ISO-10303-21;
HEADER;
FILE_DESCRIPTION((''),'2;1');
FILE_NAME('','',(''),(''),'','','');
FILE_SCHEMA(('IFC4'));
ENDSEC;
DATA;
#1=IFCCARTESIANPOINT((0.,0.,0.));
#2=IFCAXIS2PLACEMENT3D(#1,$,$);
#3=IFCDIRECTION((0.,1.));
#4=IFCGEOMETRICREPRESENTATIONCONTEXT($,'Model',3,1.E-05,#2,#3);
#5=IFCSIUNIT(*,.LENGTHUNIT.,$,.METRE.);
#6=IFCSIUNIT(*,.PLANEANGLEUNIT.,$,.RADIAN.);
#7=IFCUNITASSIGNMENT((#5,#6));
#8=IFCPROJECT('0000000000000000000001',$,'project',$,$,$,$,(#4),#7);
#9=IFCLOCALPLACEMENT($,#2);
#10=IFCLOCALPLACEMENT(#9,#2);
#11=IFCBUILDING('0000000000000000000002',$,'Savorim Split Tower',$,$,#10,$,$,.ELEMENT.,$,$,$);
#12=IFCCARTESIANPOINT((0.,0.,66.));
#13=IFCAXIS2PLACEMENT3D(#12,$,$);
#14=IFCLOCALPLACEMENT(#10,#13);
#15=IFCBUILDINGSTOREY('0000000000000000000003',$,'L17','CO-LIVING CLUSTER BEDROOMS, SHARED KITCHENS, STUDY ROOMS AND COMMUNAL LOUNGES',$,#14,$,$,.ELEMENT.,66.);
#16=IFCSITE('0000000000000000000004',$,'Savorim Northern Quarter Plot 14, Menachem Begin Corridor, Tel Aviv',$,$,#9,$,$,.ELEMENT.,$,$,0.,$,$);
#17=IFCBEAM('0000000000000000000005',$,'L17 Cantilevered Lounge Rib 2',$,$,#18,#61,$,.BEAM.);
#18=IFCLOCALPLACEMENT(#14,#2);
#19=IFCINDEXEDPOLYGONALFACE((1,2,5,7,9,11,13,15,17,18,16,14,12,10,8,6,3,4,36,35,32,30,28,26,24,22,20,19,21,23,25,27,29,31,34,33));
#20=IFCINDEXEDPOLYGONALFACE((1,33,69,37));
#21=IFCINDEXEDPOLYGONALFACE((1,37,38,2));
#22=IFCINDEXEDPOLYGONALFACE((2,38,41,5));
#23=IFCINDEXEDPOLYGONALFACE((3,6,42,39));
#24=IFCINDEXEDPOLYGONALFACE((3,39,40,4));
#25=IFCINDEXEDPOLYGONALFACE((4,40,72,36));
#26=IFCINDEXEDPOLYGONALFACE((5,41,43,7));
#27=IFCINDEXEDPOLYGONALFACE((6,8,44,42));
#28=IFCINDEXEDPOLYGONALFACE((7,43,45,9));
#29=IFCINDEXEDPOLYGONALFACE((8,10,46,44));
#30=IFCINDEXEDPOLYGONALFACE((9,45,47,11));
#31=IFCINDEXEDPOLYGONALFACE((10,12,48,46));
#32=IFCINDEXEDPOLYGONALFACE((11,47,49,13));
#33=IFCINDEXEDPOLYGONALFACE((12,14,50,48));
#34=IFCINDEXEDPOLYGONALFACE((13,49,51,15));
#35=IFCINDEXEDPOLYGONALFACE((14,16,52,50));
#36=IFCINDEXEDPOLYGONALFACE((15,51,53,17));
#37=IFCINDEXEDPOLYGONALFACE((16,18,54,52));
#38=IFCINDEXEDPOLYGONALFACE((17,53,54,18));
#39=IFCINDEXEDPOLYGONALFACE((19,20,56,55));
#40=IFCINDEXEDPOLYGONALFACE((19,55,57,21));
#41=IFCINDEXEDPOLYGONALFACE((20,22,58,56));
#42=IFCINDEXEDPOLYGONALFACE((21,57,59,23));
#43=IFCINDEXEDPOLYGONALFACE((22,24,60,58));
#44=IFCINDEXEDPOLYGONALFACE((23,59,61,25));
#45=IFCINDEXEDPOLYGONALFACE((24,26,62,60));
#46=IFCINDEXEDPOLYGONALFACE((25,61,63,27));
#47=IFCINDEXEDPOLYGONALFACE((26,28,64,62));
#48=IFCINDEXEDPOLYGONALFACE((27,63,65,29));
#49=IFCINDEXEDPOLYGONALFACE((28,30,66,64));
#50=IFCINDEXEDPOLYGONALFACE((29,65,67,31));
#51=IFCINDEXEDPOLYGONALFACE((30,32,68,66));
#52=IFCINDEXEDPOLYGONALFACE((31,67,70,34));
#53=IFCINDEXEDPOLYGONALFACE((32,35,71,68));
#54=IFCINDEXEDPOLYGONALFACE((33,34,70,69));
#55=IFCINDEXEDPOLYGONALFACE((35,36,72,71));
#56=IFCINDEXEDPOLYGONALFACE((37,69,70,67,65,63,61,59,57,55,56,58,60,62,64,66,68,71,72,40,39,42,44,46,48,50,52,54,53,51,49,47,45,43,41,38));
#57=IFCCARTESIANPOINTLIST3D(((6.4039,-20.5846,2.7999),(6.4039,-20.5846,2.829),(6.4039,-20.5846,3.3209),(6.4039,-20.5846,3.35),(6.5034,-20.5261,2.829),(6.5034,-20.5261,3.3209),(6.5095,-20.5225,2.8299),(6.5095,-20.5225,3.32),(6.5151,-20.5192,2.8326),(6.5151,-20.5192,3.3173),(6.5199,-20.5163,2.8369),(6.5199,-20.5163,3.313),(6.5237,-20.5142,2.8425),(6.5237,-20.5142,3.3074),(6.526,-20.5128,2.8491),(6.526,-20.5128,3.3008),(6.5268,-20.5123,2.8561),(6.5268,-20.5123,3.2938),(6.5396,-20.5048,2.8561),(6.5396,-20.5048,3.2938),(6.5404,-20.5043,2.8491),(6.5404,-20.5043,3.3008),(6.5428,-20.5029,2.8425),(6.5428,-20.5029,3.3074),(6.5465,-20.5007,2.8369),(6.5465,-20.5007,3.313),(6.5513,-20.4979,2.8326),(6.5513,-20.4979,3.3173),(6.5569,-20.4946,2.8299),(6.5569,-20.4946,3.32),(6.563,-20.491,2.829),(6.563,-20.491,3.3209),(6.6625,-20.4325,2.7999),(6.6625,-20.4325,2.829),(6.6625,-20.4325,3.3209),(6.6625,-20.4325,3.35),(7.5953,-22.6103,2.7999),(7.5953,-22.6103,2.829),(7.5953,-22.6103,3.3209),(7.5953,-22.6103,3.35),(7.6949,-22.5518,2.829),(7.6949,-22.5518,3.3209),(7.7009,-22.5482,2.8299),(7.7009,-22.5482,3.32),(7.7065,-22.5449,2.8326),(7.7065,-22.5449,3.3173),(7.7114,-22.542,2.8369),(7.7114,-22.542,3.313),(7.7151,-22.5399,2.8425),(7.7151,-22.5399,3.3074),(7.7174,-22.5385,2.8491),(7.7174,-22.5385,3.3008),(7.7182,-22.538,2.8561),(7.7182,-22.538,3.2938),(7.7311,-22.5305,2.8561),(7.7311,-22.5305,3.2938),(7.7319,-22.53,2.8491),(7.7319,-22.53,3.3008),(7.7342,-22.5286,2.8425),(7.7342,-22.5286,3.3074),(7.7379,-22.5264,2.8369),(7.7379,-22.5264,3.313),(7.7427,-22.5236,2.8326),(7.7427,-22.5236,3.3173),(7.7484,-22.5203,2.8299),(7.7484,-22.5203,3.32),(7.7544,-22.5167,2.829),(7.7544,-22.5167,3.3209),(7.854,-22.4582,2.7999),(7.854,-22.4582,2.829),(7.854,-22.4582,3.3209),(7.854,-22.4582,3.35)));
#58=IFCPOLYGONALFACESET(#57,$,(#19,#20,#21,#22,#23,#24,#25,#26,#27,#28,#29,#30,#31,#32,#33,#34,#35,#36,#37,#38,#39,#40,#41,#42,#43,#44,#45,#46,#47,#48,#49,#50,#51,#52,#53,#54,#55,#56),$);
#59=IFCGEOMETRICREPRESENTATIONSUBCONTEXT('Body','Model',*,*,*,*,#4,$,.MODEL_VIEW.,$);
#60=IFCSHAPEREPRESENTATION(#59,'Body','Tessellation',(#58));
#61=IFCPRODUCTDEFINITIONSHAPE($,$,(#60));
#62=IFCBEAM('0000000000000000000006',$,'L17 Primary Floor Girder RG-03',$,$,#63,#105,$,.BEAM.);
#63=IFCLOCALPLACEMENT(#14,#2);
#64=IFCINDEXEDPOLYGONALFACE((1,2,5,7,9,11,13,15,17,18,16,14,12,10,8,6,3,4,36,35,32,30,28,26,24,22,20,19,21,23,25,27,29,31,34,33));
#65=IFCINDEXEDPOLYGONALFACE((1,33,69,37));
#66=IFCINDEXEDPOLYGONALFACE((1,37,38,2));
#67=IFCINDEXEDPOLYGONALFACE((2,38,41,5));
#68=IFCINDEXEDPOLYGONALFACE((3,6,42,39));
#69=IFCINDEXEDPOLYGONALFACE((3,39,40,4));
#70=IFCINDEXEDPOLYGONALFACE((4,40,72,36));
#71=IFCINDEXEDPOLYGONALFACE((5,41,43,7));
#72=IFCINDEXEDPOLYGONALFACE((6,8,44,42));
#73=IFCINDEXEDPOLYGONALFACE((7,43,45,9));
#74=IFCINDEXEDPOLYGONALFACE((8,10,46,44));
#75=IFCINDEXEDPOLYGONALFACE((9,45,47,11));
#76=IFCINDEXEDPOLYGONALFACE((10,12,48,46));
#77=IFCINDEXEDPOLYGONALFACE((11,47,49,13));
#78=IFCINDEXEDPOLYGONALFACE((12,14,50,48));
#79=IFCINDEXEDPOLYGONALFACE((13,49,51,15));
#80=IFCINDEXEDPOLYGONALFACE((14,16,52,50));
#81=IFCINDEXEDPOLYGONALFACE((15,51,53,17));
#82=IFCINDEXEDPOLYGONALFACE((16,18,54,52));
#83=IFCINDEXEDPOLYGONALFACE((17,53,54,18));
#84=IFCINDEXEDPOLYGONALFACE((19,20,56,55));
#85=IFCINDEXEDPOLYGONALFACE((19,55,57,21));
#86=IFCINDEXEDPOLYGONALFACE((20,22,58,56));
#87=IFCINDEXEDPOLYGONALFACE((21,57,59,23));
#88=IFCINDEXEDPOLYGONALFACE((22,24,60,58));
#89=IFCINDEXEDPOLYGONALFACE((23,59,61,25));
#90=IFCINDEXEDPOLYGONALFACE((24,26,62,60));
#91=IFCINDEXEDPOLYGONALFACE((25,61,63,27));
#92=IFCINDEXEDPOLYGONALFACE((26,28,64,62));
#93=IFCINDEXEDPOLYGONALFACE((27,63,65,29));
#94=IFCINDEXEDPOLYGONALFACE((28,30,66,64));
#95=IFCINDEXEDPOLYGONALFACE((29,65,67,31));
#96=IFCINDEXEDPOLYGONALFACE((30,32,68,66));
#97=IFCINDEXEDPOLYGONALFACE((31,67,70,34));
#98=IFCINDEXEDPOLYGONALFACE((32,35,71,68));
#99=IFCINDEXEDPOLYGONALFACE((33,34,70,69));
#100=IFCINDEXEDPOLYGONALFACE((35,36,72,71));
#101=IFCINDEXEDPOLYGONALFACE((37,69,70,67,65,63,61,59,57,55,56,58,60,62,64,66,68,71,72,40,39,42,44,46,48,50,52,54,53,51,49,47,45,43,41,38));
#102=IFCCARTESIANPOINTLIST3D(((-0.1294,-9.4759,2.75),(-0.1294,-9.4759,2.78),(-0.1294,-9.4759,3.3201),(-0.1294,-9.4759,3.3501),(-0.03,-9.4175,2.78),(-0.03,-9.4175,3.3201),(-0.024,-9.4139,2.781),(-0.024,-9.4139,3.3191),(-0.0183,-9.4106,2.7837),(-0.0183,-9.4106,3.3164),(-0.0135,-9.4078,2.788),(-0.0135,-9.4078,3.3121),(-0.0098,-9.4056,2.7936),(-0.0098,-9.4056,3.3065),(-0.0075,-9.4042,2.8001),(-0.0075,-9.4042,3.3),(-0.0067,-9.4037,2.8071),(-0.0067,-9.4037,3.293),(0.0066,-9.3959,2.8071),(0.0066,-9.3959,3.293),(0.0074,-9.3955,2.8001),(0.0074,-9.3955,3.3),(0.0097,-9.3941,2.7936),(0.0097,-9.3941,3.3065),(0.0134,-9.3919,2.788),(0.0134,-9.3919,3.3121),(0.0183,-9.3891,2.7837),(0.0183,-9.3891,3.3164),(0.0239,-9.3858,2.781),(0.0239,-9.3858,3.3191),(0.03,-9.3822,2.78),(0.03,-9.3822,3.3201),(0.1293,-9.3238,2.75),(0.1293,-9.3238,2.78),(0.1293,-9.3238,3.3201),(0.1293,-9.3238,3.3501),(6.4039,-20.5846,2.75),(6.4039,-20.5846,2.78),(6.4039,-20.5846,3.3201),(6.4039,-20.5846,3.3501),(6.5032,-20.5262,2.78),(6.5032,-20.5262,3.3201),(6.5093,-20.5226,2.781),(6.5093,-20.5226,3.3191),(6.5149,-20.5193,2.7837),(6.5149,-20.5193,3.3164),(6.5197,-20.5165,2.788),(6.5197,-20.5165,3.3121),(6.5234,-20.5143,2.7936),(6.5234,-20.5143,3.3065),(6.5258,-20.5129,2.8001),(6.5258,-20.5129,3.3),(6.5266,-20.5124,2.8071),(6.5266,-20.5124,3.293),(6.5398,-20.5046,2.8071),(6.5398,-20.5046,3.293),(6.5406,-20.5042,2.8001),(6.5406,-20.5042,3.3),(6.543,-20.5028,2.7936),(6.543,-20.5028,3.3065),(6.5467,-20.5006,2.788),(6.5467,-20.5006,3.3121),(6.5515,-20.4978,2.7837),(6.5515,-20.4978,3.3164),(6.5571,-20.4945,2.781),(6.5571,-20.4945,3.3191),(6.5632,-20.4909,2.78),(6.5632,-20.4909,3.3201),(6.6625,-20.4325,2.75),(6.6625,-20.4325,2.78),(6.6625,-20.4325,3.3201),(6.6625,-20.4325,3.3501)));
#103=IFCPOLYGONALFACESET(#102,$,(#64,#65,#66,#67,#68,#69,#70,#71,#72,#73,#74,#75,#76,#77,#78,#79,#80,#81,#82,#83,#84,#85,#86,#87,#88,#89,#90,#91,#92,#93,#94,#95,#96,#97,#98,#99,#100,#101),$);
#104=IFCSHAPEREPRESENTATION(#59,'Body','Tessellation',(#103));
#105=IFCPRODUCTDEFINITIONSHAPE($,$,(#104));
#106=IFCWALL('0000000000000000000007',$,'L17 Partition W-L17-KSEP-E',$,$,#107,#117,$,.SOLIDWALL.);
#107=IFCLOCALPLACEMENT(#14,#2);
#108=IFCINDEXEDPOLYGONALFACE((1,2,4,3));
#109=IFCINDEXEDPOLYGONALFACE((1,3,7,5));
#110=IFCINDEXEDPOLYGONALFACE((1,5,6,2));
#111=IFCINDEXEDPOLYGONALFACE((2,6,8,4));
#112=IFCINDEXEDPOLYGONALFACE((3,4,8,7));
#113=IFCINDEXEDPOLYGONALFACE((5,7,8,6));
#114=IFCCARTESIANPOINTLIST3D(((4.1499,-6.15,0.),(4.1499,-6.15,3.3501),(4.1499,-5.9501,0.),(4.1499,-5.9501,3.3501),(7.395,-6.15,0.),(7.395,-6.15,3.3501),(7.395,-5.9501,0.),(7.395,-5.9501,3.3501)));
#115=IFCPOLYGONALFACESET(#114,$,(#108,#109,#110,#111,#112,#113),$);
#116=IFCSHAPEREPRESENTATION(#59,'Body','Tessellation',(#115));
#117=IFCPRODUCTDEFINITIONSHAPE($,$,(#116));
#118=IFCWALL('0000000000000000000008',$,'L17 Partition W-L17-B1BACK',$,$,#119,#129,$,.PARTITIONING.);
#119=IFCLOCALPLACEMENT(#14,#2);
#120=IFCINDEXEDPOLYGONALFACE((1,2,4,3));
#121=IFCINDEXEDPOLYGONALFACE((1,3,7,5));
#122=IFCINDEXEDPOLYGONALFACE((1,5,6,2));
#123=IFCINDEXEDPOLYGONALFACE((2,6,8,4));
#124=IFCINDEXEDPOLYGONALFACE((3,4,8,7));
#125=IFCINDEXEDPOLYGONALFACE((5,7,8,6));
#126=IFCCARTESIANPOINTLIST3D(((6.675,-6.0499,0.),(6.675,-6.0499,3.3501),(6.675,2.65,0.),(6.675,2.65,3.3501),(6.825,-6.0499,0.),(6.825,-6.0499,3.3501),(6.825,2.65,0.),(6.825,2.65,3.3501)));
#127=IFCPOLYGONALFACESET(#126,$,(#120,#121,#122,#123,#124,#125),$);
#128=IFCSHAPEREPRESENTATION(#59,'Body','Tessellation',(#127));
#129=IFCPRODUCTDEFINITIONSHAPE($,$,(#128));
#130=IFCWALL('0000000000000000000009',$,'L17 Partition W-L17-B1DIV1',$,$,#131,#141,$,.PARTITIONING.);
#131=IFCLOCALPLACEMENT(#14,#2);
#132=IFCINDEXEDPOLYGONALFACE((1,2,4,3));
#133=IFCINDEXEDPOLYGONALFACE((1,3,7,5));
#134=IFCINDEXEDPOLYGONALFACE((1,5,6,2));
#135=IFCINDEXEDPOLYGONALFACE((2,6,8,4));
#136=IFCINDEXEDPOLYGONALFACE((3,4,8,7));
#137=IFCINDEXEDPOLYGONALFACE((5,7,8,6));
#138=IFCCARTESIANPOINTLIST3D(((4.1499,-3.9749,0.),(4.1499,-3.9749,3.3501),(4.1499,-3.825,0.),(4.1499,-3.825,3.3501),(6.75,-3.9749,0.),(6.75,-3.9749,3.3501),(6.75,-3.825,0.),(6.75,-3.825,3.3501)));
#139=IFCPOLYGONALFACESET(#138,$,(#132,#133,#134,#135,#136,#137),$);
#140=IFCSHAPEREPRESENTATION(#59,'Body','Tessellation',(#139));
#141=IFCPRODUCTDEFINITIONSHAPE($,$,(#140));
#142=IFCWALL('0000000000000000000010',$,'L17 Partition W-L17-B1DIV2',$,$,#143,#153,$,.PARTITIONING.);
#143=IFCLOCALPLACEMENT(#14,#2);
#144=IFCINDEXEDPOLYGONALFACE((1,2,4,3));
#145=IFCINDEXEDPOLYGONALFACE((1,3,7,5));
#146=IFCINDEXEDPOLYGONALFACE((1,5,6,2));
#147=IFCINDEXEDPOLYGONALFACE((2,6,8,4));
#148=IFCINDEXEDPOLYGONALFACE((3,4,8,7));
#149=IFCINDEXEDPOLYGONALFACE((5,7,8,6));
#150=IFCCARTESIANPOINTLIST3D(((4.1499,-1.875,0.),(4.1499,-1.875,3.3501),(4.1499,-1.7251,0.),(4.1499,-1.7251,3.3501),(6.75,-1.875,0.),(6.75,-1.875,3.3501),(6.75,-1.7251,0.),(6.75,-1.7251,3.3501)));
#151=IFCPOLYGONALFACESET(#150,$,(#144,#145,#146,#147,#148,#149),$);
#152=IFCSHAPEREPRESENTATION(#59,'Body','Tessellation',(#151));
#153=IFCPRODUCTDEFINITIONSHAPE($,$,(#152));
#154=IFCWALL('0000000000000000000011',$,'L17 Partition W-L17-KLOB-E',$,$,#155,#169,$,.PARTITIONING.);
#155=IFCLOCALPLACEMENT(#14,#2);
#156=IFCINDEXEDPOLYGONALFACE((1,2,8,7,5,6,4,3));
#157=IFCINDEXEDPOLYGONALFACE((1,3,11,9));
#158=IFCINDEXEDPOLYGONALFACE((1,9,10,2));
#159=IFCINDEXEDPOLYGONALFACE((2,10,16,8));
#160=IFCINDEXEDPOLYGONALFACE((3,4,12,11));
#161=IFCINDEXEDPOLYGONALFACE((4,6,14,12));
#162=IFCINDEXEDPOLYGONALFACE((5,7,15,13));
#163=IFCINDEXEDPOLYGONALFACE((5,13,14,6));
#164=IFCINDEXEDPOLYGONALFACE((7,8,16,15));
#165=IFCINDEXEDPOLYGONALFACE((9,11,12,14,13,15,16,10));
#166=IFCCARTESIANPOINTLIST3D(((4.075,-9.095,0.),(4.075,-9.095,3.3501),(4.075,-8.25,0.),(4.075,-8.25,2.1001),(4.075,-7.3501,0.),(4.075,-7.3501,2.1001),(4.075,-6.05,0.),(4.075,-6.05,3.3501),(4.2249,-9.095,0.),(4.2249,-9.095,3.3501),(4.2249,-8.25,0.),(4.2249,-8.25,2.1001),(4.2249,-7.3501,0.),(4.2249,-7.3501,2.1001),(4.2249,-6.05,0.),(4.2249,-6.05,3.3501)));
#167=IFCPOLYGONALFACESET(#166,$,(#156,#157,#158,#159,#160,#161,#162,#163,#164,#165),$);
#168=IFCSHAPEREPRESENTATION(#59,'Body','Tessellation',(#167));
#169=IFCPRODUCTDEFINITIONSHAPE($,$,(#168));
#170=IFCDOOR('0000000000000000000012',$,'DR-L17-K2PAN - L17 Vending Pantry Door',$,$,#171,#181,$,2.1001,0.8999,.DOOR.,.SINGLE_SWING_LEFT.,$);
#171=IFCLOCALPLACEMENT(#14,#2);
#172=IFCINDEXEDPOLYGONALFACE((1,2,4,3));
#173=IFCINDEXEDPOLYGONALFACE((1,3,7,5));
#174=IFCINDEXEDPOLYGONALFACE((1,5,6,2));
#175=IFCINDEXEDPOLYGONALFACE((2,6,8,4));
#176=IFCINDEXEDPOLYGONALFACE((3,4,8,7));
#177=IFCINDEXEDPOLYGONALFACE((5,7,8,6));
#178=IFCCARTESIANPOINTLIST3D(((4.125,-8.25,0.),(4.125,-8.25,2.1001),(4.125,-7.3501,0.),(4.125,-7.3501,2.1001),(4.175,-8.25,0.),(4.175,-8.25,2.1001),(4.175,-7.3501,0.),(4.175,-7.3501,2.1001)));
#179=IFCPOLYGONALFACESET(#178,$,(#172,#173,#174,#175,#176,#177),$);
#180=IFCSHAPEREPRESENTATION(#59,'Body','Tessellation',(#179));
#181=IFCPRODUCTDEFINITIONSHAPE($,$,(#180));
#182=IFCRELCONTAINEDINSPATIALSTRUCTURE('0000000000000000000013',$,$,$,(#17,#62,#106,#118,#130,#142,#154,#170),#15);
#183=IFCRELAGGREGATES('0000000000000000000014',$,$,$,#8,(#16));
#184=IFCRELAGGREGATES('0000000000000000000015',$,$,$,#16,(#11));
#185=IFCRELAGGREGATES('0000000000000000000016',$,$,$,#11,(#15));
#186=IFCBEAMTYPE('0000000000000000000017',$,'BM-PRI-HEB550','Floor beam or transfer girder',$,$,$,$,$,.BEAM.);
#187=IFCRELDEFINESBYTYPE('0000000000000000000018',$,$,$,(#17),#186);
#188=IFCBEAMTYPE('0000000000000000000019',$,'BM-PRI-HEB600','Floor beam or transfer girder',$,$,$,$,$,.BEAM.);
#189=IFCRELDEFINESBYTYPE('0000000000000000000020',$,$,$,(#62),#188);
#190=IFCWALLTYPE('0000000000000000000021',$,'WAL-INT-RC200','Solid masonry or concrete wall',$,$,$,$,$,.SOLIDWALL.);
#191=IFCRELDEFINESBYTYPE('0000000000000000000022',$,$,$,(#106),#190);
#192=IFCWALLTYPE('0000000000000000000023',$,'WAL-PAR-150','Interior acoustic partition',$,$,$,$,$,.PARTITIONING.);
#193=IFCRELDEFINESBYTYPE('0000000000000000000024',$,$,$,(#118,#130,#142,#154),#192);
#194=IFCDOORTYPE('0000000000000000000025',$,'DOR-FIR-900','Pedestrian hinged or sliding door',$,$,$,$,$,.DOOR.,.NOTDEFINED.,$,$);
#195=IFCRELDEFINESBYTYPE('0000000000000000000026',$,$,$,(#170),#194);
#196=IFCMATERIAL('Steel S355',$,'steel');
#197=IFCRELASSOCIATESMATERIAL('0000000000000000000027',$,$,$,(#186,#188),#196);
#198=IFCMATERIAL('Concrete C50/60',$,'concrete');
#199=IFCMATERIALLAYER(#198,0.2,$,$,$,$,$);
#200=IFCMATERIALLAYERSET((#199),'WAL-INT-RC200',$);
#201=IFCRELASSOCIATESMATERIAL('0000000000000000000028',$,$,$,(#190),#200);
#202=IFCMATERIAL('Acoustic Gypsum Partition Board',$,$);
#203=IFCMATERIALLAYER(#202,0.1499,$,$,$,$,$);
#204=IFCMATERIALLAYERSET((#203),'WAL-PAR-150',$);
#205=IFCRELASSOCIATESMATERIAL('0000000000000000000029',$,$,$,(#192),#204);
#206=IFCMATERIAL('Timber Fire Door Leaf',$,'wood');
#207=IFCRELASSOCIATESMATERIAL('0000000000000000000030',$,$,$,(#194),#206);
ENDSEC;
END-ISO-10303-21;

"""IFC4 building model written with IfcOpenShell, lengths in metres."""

from ifc_helpers import new_model, si_unit, direction, frame, frame_2d, origin, origin_2d, place, context, subcontext, project, spatial, rectangle, i_section, extrude, material, layer, layer_set, material_profile, profile_set, type_object, element, fill, save


model = new_model("IFC4")

# Units and contexts
model_context = context("Model", 3, precision=1e-05, world=origin(), true_north=direction((0.0, 1.0)))
body_context = subcontext(model_context, "Body", "Model", "MODEL_VIEW")
ifc_project = project(units=[si_unit("LENGTHUNIT", "METRE"), si_unit("PLANEANGLEUNIT", "RADIAN")], contexts=[model_context])

# Site, building, storey
site_placement = place(None, origin())
site = spatial("IfcSite", under=ifc_project, at=site_placement, Name="Savorim Northern Quarter Plot 14, Menachem Begin Corridor, Tel Aviv", CompositionType="ELEMENT", RefElevation=0.0)
building_placement = place(site_placement, origin())
building = spatial("IfcBuilding", under=site, at=building_placement, Name="Savorim Split Tower", CompositionType="ELEMENT")
storey_placement = place(building_placement, frame((0.0, 0.0, 66.0)))
storey = spatial("IfcBuildingStorey", under=building, at=storey_placement, Name="L17", Description="CO-LIVING CLUSTER BEDROOMS, SHARED KITCHENS, STUDY ROOMS AND COMMUNAL LOUNGES", CompositionType="ELEMENT", Elevation=66.0)

# Beams
ifc_material_1 = material(Name="Steel S355", Category="steel")
ifc_material_profile_1 = material_profile(ifc_material_1, i_section(OverallWidth=0.3, OverallDepth=0.55, WebThickness=0.0149, FlangeThickness=0.0291, FilletRadius=0.0271, at=origin_2d()), Name="HEB 550")
ifc_profile_set_1 = profile_set([ifc_material_profile_1], Name="Steel S355")
beam_type_1 = type_object("IfcBeamType", Name="BM-PRI-HEB550", Description="Floor beam or transfer girder", PredefinedType="BEAM", material=ifc_profile_set_1)
beam_1_placement = place(storey_placement, frame((6.5332, -20.5085, 3.075), z_axis=(0.506975, -0.861961, 0.0), x_axis=(0.861961, 0.506975, 0.0)))
element("IfcBeam", 1, at=beam_1_placement, inside=storey, type_object=beam_type_1, Name="L17 Cantilevered Lounge Rib 2", PredefinedType="BEAM", context=body_context, shape_type="SweptSolid", body=[
    extrude(i_section(OverallWidth=0.3, OverallDepth=0.55, WebThickness=0.0149, FlangeThickness=0.0291, FilletRadius=0.0271, at=origin_2d()), origin(), (0.0, 0.0, 1.0), 2.3501),
])
ifc_material_profile_2 = material_profile(ifc_material_1, i_section(OverallWidth=0.3, OverallDepth=0.6001, WebThickness=0.0154, FlangeThickness=0.03, FilletRadius=0.0271, at=origin_2d()), Name="HEB 600")
ifc_profile_set_2 = profile_set([ifc_material_profile_2], Name="Steel S355")
beam_type_2 = type_object("IfcBeamType", Name="BM-PRI-HEB600", Description="Floor beam or transfer girder", PredefinedType="BEAM", material=ifc_profile_set_2)
beam_2_placement = place(storey_placement, frame((6.5332, -20.5085, 3.05), z_axis=(-0.506946, 0.861978, 0.0), x_axis=(-0.861978, -0.506946, 0.0)))
element("IfcBeam", 2, at=beam_2_placement, inside=storey, type_object=beam_type_2, Name="L17 Primary Floor Girder RG-03", PredefinedType="BEAM", context=body_context, shape_type="SweptSolid", body=[
    extrude(i_section(OverallWidth=0.3, OverallDepth=0.6001, WebThickness=0.0154, FlangeThickness=0.03, FilletRadius=0.0271, at=origin_2d()), origin(), (0.0, 0.0, 1.0), 12.8875),
])

# Shared definitions
ifc_material_2 = material(Name="Concrete C50/60", Category="concrete")
ifc_layer_1 = layer(ifc_material_2, 0.2)
ifc_layer_set_1 = layer_set([ifc_layer_1], Name="WAL-INT-RC200")
wall_type_1 = type_object("IfcWallType", Name="WAL-INT-RC200", Description="Solid masonry or concrete wall", PredefinedType="SOLIDWALL", material=ifc_layer_set_1)

# Walls
wall_1_placement = place(storey_placement, frame((4.1499, -6.05, 0.0), z_axis=(0.0, 0.0, 1.0), x_axis=(1.0, 0.0, 0.0)))
element("IfcWall", 3, at=wall_1_placement, inside=storey, type_object=wall_type_1, Name="L17 Partition W-L17-KSEP-E", PredefinedType="SOLIDWALL", context=body_context, shape_type="SweptSolid", body=[
    extrude(rectangle(XDim=3.2451, YDim=0.2, at=frame_2d((1.6226, 0.0))), origin(), (0.0, 0.0, 1.0), 3.3501),
])
ifc_material_3 = material(Name="Acoustic Gypsum Partition Board")
ifc_layer_2 = layer(ifc_material_3, 0.1499)
ifc_layer_set_2 = layer_set([ifc_layer_2], Name="WAL-PAR-150")
wall_type_2 = type_object("IfcWallType", Name="WAL-PAR-150", Description="Interior acoustic partition", PredefinedType="PARTITIONING", material=ifc_layer_set_2)
wall_2_placement = place(storey_placement, frame((6.75, -6.05, 0.0), z_axis=(0.0, 0.0, 1.0), x_axis=(0.0, 1.0, 0.0)))
element("IfcWall", 4, at=wall_2_placement, inside=storey, type_object=wall_type_2, Name="L17 Partition W-L17-B1BACK", PredefinedType="PARTITIONING", context=body_context, shape_type="SweptSolid", body=[
    extrude(rectangle(XDim=8.7, YDim=0.1499, at=frame_2d((4.3501, 0.0))), origin(), (0.0, 0.0, 1.0), 3.3501),
])
for number, where, z_axis, x_axis, name in (
    (5, (4.1499, -3.8999, 0.0), (0.0, 0.0, 1.0), (1.0, 0.0, 0.0), "L17 Partition W-L17-B1DIV1"),
    (6, (4.1499, -1.8, 0.0), (0.0, 0.0, 1.0), (1.0, 0.0, 0.0), "L17 Partition W-L17-B1DIV2"),
):
    element("IfcWall", number, at=place(storey_placement, frame(where, z_axis=z_axis, x_axis=x_axis)), inside=storey, type_object=wall_type_2, Name=name, PredefinedType="PARTITIONING", context=body_context, shape_type="SweptSolid", body=[
        extrude(rectangle(XDim=2.6001, YDim=0.1499, at=frame_2d((1.3, 0.0))), origin(), (0.0, 0.0, 1.0), 3.3501),
    ])

# Wall, opening, door
wall_3_placement = place(storey_placement, frame((4.1499, -9.095, 0.0), z_axis=(0.0, 0.0, 1.0), x_axis=(0.0, 1.0, 0.0)))
wall_3 = element("IfcWall", 7, at=wall_3_placement, inside=storey, type_object=wall_type_2, Name="L17 Partition W-L17-KLOB-E", PredefinedType="PARTITIONING", context=body_context, shape_type="SweptSolid", body=[
    extrude(rectangle(XDim=3.0449, YDim=0.1499, at=frame_2d((1.5225, 0.0))), origin(), (0.0, 0.0, 1.0), 3.3501),
])
opening_1_placement = place(wall_3_placement, frame((0.845, 0.0, 0.0)))
opening_1 = element("IfcOpeningElement", 8, at=opening_1_placement, cuts=wall_3, PredefinedType="OPENING", context=body_context, shape_type="SweptSolid", body=[
    extrude(rectangle(XDim=0.8999, YDim=2.1001, at=frame_2d((0.45, 1.05))), frame((0.0, 0.085, 0.0), z_axis=(0.0, -1.0, 0.0), x_axis=(1.0, 0.0, 0.0)), (0.0, 0.0, 1.0), 0.1699),
])
ifc_material_4 = material(Name="Timber Fire Door Leaf", Category="wood")
door_type_1 = type_object("IfcDoorType", Name="DOR-FIR-900", Description="Pedestrian hinged or sliding door", OperationType="NOTDEFINED", PredefinedType="DOOR", material=ifc_material_4)
door_1_placement = place(opening_1_placement, origin())
door_1 = element("IfcDoor", 9, at=door_1_placement, inside=storey, type_object=door_type_1, Name="DR-L17-K2PAN - L17 Vending Pantry Door", OperationType="SINGLE_SWING_LEFT", OverallHeight=2.1001, OverallWidth=0.8999, PredefinedType="DOOR", context=body_context, shape_type="SweptSolid", body=[
    extrude(rectangle(XDim=0.8999, YDim=2.1001, at=frame_2d((0.45, 1.05))), frame((0.0, 0.0249, 0.0), z_axis=(0.0, -1.0, 0.0), x_axis=(1.0, 0.0, 0.0)), (0.0, 0.0, 1.0), 0.05),
])
fill(opening_1, door_1)

save(model, "model.ifc")
